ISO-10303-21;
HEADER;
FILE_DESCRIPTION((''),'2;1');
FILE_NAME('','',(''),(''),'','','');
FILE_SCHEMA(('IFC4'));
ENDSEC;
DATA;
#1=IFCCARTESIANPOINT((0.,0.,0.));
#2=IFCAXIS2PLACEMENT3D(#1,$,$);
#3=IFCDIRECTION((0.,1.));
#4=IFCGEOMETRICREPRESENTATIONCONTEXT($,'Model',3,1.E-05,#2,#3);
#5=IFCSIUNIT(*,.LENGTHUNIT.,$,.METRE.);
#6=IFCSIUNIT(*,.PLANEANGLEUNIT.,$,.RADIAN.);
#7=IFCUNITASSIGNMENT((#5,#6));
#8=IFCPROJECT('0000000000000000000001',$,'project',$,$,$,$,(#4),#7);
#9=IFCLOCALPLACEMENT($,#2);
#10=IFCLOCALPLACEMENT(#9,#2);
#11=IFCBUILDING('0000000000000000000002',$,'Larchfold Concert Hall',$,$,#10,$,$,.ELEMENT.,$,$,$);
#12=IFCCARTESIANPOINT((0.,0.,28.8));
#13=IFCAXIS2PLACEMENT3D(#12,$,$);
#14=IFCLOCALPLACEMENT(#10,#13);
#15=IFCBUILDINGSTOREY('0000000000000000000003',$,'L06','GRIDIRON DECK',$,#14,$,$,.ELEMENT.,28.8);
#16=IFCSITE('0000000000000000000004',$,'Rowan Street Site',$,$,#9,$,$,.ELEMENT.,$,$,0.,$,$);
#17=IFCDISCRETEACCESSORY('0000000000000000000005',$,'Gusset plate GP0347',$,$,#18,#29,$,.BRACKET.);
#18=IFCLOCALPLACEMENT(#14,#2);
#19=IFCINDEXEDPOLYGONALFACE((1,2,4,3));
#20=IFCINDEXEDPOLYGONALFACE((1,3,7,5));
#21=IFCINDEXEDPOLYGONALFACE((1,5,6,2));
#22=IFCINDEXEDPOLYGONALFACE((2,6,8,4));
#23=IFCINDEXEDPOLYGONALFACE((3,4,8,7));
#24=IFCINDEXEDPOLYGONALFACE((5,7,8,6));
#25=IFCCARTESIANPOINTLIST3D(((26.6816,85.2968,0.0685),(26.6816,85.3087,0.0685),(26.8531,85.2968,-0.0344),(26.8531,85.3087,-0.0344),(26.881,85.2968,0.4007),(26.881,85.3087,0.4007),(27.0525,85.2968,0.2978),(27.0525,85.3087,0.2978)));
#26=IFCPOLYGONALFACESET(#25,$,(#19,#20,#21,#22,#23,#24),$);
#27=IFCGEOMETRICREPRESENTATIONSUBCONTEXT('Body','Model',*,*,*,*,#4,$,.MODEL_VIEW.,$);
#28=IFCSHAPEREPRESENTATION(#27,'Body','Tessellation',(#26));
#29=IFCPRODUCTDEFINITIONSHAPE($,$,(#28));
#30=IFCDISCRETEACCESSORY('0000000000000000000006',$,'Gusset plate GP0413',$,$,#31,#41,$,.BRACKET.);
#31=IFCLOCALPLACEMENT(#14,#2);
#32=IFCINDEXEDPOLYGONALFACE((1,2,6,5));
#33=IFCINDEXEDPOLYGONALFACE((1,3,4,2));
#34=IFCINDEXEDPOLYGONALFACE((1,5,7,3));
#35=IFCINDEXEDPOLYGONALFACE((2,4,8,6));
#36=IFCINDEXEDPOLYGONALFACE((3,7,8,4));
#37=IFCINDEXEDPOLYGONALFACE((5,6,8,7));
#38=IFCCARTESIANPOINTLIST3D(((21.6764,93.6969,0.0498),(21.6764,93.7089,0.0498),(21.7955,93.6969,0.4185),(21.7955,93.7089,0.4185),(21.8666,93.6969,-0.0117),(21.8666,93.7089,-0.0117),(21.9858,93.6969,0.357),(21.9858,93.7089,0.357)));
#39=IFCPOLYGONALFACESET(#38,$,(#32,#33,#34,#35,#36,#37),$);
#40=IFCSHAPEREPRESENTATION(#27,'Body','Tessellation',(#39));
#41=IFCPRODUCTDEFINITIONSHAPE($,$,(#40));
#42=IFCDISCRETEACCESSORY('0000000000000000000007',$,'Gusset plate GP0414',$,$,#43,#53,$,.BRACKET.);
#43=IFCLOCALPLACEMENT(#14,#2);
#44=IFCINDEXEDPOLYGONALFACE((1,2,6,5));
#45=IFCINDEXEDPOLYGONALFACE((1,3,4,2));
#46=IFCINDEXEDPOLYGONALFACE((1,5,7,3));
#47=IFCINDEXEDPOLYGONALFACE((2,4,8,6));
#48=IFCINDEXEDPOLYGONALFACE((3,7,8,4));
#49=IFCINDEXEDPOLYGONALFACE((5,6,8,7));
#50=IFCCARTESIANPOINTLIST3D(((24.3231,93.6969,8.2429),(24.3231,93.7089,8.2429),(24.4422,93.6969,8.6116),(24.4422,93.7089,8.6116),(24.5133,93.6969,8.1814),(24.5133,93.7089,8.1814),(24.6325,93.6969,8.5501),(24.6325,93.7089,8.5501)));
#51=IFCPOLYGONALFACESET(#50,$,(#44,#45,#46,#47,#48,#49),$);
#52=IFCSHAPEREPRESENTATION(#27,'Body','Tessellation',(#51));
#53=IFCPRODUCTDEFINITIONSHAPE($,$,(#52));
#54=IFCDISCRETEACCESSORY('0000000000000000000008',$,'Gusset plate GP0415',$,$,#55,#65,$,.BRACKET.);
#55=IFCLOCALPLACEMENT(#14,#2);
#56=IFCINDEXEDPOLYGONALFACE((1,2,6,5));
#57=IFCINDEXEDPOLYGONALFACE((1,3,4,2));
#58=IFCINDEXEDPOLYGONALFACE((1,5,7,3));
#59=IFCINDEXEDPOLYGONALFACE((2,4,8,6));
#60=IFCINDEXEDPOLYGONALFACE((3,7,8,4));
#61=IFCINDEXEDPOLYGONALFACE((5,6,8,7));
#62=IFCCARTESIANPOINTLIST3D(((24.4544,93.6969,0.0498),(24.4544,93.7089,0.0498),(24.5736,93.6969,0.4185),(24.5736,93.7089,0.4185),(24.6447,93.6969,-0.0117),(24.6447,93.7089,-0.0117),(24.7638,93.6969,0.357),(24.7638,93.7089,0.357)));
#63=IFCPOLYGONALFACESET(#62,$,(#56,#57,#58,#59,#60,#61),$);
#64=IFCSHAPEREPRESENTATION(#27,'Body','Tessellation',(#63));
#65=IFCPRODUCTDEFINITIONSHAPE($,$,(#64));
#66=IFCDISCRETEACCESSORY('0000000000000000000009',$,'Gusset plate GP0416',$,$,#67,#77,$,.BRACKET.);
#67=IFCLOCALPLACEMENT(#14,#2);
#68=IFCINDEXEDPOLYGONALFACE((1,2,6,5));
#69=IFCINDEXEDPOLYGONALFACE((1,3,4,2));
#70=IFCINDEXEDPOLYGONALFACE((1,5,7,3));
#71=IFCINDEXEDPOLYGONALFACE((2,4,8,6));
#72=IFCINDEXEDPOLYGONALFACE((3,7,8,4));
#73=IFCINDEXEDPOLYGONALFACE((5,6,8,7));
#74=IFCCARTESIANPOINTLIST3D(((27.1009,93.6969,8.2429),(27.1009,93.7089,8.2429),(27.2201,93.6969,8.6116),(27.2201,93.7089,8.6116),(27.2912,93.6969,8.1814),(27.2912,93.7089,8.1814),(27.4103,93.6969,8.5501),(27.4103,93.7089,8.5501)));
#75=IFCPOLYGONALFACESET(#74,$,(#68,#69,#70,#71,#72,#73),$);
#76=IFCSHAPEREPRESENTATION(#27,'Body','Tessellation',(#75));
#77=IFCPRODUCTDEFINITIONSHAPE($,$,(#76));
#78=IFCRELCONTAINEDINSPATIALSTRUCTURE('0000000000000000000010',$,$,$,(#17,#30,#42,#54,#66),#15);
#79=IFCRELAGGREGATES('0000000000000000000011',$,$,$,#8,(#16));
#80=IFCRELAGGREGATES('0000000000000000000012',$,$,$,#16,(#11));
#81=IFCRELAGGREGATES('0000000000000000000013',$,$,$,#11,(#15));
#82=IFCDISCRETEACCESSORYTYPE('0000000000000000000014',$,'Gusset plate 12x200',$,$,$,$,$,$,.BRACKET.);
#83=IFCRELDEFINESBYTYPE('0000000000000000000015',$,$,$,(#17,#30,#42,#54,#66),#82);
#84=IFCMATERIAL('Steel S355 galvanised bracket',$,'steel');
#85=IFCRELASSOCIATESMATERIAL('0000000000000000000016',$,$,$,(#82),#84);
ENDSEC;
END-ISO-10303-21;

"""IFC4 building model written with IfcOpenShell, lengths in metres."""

from ifc_helpers import new_model, si_unit, direction, frame, origin, origin_2d, place, context, subcontext, project, spatial, rectangle, extrude, material, material_profile, profile_set, type_object, element, save


model = new_model("IFC4")

# Units and contexts
model_context = context("Model", 3, precision=1e-05, world=origin(), true_north=direction((0.0, 1.0)))
body_context = subcontext(model_context, "Body", "Model", "MODEL_VIEW")
ifc_project = project(units=[si_unit("LENGTHUNIT", "METRE"), si_unit("PLANEANGLEUNIT", "RADIAN")], contexts=[model_context])

# Site, building, storey
site_placement = place(None, origin())
site = spatial("IfcSite", under=ifc_project, at=site_placement, Name="Rowan Street Site", CompositionType="ELEMENT", RefElevation=0.0)
building_placement = place(site_placement, origin())
building = spatial("IfcBuilding", under=site, at=building_placement, Name="Larchfold Concert Hall", CompositionType="ELEMENT")
storey_placement = place(building_placement, frame((0.0, 0.0, 28.8)))
storey = spatial("IfcBuildingStorey", under=building, at=storey_placement, Name="L06", Description="GRIDIRON DECK", CompositionType="ELEMENT", Elevation=28.8)

# Discrete accessories
ifc_material_1 = material(Name="Steel S355 galvanised bracket", Category="steel")
ifc_material_profile_1 = material_profile(ifc_material_1, rectangle(XDim=0.012, YDim=0.2, at=origin_2d()))
ifc_profile_set_1 = profile_set([ifc_material_profile_1], Name="Steel S355 galvanised bracket")
discrete_accessory_type_1 = type_object("IfcDiscreteAccessoryType", Name="Gusset plate 12x200", PredefinedType="BRACKET", material=ifc_profile_set_1)
for number, where, z_axis, x_axis, name in (
    (1, (26.7673, 85.3027, 0.0171), (0.514681, 0.0, 0.857382), (0.0, 1.0, 0.0), "Gusset plate GP0347"),
    (2, (21.7715, 93.7029, 0.019), (0.307518, 0.0, 0.951542), (0.0, 1.0, 0.0), "Gusset plate GP0413"),
    (3, (24.4182, 93.7029, 8.2122), (0.307518, 0.0, 0.951542), (0.0, 1.0, 0.0), "Gusset plate GP0414"),
    (4, (24.5496, 93.7029, 0.019), (0.307518, 0.0, 0.951542), (0.0, 1.0, 0.0), "Gusset plate GP0415"),
    (5, (27.196, 93.7029, 8.2122), (0.307518, 0.0, 0.951542), (0.0, 1.0, 0.0), "Gusset plate GP0416"),
):
    element("IfcDiscreteAccessory", number, at=place(storey_placement, frame(where, z_axis=z_axis, x_axis=x_axis)), inside=storey, type_object=discrete_accessory_type_1, Name=name, PredefinedType="BRACKET", context=body_context, shape_type="SweptSolid", body=[
        extrude(rectangle(XDim=0.012, YDim=0.2, at=origin_2d()), origin(), (0.0, 0.0, 1.0), 0.3875),
    ])

save(model, "model.ifc")
